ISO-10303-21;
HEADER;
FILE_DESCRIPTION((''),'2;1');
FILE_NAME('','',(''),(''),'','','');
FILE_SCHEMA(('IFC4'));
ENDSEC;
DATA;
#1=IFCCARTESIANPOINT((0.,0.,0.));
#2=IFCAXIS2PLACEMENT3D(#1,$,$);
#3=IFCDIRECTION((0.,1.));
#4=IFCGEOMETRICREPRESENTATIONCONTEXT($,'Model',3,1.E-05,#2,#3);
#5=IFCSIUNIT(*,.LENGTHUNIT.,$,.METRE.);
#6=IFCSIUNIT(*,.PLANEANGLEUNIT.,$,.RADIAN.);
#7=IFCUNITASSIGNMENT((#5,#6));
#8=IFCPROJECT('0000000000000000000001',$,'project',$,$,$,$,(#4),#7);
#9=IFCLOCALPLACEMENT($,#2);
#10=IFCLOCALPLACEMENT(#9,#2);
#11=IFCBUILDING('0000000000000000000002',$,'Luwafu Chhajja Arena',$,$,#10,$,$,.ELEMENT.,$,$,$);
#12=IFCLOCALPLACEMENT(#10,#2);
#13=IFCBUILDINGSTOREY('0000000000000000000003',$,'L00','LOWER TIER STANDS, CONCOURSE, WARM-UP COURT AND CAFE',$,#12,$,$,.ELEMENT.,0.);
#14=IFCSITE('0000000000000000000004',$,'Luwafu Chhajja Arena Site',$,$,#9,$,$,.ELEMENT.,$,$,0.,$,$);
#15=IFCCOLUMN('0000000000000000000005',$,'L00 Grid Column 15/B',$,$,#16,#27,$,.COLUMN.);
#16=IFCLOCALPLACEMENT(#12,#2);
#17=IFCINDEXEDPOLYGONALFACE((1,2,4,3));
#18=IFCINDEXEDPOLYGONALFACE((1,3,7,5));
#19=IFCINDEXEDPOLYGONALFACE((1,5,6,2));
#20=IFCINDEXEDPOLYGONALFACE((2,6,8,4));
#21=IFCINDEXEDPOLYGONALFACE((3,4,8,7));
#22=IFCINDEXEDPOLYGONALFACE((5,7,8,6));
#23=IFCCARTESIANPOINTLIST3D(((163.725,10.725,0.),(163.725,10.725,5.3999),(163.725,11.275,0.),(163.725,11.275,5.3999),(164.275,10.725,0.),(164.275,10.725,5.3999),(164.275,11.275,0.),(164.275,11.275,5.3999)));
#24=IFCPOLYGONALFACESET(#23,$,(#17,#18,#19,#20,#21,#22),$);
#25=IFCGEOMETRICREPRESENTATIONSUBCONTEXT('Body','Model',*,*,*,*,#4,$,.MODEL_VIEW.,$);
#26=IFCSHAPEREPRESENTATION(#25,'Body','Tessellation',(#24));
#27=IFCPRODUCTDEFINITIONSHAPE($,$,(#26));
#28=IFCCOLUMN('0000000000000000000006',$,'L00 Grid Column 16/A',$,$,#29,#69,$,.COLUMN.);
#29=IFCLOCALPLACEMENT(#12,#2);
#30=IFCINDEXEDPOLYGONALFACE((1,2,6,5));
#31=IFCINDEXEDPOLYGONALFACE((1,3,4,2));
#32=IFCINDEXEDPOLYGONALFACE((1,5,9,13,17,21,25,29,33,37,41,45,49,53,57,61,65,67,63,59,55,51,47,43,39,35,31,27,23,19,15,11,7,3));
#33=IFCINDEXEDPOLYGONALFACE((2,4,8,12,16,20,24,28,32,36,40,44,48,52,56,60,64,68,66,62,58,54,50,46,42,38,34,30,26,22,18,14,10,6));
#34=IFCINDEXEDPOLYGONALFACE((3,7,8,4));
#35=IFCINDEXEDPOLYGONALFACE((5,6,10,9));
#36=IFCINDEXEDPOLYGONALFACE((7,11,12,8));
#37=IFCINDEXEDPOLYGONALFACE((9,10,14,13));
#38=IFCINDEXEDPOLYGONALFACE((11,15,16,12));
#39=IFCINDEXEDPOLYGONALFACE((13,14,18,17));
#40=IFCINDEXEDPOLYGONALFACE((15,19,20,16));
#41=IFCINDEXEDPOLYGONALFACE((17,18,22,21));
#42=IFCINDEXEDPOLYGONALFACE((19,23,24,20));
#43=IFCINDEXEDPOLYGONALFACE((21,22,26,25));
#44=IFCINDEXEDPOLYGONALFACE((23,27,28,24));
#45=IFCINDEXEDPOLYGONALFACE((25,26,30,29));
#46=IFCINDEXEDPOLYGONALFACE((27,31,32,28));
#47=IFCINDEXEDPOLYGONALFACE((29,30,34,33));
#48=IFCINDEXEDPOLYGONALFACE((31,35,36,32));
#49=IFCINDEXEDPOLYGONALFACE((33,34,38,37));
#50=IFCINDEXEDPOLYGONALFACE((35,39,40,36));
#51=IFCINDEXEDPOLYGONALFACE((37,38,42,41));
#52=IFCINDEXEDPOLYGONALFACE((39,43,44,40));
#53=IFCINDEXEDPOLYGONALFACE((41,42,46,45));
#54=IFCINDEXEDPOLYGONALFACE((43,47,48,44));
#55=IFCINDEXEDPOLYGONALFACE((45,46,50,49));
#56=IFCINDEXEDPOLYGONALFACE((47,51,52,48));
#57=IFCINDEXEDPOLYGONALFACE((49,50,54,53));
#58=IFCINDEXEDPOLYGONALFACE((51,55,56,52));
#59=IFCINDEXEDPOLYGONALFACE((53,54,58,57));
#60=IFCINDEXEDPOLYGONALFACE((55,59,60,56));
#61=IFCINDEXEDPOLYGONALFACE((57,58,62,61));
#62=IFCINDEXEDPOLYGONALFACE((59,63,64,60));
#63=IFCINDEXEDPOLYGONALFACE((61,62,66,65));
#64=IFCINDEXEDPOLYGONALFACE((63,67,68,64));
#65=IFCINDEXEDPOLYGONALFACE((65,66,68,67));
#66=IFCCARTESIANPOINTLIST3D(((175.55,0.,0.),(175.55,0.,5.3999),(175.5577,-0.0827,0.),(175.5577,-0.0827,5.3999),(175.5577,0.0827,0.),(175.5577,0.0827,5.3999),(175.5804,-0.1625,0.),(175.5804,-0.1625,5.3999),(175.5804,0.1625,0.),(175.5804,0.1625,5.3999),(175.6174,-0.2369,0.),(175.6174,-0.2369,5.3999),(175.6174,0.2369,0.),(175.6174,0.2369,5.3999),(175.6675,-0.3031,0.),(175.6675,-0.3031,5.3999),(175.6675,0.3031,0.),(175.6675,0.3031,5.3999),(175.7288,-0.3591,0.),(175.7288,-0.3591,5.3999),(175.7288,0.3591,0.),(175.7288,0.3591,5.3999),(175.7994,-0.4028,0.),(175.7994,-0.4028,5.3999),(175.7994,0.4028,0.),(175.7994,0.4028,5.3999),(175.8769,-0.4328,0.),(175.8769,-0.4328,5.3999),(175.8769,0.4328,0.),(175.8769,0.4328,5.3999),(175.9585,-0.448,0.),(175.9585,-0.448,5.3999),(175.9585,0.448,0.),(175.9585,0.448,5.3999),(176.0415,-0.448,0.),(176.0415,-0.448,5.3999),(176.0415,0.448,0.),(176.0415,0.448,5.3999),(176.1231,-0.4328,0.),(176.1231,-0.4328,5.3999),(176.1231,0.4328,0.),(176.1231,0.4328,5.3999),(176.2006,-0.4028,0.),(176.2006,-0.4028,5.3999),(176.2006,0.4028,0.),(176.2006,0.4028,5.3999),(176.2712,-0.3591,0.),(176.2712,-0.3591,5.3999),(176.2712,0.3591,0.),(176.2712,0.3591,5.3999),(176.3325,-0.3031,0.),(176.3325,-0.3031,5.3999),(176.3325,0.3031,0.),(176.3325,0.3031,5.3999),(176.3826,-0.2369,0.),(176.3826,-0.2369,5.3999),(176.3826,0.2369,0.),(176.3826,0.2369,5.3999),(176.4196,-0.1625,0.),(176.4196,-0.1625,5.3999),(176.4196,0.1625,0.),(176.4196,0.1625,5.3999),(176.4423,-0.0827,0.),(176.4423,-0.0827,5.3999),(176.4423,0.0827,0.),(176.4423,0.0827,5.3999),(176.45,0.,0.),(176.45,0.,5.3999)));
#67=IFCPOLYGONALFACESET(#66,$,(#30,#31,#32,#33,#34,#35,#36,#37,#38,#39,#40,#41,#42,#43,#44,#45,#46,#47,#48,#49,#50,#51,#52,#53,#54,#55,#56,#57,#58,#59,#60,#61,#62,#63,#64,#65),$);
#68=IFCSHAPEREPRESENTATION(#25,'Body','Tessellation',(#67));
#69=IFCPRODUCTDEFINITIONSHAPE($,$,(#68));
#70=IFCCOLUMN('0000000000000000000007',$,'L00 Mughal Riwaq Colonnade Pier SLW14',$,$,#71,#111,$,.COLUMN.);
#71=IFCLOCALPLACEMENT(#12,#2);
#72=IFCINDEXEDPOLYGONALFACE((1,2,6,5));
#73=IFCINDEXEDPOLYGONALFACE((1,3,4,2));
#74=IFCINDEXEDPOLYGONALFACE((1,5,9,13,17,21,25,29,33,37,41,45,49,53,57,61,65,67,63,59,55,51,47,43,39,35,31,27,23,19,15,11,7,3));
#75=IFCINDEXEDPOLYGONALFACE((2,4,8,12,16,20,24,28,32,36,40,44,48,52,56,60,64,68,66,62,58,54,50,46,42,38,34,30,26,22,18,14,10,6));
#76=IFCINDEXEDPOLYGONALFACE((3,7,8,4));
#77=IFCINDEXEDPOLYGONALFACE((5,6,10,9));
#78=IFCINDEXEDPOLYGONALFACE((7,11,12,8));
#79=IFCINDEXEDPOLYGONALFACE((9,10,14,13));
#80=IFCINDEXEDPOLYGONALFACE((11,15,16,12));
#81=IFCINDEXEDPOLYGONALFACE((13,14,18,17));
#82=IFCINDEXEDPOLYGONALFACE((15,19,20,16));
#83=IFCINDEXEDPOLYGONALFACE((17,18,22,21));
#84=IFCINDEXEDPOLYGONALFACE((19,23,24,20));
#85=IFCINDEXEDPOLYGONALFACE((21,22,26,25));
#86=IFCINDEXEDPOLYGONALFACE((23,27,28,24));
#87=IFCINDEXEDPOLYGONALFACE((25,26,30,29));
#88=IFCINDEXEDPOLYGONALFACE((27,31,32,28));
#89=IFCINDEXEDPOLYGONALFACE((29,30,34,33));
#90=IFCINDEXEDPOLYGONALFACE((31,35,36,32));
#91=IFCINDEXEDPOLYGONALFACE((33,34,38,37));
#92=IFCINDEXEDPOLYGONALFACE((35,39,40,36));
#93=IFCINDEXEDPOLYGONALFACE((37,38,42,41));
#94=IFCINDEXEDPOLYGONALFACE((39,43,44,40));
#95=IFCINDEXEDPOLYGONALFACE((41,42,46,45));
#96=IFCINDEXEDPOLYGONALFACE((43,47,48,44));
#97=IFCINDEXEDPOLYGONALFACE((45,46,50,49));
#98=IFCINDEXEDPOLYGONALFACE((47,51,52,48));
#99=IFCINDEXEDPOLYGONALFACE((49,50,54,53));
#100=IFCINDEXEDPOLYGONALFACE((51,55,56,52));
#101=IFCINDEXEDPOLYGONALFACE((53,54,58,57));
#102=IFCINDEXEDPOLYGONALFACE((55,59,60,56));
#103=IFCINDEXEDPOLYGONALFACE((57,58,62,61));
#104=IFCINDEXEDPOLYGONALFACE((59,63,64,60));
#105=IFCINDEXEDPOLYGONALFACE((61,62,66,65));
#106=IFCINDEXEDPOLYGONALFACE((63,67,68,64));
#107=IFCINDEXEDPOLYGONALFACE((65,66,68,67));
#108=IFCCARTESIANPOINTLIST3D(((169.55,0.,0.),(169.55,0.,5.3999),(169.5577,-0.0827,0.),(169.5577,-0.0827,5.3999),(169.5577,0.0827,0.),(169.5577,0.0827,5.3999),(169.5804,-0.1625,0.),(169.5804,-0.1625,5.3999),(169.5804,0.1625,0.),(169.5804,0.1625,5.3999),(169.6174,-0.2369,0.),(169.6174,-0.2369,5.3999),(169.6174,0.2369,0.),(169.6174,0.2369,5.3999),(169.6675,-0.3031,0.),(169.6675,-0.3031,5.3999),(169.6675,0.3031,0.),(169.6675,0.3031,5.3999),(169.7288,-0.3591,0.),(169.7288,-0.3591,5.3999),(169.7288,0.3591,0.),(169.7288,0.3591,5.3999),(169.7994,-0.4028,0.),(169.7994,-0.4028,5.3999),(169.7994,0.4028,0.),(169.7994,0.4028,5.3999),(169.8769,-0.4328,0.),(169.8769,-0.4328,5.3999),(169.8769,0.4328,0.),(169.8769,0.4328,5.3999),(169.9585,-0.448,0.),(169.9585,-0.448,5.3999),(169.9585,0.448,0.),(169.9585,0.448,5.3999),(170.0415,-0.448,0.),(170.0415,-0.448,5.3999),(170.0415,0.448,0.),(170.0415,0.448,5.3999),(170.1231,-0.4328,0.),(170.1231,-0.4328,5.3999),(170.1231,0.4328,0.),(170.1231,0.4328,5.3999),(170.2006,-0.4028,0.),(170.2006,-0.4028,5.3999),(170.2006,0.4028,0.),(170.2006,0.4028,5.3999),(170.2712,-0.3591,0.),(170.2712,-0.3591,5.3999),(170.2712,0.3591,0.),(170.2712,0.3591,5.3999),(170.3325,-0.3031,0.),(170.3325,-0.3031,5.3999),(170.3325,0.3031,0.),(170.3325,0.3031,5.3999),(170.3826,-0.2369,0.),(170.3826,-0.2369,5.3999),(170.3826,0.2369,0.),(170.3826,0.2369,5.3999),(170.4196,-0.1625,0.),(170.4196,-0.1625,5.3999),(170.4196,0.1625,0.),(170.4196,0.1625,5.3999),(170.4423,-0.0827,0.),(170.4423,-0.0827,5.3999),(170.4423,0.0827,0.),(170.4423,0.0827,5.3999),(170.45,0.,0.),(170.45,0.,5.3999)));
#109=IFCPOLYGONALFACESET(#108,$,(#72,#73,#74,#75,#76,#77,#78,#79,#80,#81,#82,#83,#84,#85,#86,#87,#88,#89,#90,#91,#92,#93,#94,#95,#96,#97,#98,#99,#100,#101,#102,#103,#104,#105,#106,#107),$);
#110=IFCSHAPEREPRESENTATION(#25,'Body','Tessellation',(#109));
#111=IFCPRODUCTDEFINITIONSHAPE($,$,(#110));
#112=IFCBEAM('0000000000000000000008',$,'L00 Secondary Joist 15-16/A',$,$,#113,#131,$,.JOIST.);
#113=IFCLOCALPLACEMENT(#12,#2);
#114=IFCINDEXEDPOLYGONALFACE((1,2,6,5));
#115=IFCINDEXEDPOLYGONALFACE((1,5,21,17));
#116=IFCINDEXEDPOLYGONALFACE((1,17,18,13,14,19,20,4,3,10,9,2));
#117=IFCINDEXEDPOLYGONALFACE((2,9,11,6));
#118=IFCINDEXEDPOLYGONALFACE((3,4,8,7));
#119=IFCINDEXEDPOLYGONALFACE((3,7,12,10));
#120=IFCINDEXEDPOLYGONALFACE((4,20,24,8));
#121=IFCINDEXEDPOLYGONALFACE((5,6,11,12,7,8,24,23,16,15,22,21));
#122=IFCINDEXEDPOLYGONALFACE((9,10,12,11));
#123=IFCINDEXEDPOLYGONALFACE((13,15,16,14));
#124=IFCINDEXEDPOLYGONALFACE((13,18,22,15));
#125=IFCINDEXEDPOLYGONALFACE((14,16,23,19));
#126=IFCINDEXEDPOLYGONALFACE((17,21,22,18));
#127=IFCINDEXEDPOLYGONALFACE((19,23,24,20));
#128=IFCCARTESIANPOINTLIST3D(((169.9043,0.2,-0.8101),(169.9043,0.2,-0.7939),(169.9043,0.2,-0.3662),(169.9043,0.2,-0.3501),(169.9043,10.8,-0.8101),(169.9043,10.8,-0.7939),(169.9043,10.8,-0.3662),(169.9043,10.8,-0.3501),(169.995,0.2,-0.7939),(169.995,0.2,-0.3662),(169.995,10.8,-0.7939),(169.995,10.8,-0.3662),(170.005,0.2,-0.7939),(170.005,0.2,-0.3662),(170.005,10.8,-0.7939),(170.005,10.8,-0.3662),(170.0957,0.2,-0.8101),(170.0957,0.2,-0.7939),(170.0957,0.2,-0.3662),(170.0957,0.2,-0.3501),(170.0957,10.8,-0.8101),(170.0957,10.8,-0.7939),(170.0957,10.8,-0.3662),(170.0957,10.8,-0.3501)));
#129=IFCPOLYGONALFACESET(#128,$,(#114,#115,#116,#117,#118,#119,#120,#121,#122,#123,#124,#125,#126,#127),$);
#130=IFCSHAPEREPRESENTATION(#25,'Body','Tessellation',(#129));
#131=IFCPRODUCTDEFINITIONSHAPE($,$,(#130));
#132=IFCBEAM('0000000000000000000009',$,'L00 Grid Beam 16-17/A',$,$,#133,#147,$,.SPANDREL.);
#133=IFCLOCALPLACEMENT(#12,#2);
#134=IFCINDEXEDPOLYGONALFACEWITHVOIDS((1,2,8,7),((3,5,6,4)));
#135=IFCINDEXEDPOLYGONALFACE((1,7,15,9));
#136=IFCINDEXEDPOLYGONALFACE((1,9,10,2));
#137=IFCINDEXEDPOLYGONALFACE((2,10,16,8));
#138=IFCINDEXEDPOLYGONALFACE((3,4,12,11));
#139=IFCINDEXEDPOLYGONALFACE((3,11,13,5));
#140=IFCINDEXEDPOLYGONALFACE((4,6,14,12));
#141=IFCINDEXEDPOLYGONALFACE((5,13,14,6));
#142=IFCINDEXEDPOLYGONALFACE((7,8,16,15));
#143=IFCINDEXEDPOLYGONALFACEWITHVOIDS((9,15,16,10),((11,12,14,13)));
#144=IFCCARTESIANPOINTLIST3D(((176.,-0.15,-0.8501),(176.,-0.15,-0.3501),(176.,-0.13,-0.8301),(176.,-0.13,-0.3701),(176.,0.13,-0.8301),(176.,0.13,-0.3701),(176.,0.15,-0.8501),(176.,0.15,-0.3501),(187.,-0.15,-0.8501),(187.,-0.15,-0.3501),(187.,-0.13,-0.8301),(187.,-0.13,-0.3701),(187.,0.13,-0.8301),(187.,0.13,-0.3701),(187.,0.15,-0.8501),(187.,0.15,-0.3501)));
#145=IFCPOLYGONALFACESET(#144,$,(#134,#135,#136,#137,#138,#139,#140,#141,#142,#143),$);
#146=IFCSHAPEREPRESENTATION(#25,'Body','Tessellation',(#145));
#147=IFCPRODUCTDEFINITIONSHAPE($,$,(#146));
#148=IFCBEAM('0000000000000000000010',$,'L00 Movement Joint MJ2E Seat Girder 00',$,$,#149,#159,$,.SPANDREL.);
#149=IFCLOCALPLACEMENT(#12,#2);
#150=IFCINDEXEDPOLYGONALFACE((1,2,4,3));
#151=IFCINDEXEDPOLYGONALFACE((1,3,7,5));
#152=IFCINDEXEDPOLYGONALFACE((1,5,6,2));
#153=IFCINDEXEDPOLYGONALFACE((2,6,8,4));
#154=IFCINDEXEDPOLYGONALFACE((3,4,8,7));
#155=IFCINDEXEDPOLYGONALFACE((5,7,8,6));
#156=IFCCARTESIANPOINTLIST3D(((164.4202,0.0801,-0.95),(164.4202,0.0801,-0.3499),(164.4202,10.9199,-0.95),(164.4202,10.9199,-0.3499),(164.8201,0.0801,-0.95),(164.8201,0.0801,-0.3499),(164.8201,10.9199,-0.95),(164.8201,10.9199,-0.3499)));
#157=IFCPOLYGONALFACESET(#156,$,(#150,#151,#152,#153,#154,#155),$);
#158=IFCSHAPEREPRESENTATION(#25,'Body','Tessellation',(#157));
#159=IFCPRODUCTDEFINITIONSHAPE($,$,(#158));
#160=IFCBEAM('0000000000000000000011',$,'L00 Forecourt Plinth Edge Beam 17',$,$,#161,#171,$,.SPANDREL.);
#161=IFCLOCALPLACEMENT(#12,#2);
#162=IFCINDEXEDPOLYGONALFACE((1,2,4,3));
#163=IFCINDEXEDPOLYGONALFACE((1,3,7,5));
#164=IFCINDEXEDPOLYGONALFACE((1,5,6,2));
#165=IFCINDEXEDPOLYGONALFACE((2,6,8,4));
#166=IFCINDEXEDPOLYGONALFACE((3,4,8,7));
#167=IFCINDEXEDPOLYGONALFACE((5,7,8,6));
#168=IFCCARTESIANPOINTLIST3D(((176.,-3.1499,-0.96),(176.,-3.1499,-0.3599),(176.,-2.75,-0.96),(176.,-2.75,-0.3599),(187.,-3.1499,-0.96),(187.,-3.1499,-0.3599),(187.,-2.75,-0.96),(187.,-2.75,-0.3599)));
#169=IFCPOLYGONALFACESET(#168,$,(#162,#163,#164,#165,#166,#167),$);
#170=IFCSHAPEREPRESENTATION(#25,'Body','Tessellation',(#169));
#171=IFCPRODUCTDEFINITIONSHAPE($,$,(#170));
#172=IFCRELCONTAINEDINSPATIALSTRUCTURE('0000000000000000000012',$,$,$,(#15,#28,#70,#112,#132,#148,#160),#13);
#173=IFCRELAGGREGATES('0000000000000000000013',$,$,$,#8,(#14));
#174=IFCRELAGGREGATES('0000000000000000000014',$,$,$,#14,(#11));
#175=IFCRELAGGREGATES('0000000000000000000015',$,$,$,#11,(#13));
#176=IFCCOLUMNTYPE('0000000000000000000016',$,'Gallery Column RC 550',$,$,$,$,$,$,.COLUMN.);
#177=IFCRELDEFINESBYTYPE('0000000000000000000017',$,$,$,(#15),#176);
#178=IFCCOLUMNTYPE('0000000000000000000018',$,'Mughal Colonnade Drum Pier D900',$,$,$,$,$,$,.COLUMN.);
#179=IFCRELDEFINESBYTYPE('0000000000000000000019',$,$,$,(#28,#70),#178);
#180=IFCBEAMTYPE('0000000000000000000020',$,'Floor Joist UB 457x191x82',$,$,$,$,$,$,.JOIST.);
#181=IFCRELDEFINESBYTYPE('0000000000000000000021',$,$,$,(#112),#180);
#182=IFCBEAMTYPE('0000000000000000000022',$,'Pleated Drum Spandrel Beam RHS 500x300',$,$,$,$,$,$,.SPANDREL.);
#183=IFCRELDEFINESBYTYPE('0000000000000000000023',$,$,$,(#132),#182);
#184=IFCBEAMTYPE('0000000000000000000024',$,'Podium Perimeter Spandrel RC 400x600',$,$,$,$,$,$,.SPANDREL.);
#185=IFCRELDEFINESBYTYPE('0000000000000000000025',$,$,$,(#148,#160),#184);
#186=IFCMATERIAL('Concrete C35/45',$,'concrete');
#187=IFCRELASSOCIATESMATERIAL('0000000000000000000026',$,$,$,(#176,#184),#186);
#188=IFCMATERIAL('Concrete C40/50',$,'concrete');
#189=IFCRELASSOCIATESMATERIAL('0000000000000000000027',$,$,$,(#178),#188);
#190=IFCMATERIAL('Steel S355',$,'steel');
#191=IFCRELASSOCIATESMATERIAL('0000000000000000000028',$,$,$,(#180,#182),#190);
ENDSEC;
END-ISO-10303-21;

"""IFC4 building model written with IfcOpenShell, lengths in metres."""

from ifc_helpers import new_model, si_unit, direction, frame, origin, origin_2d, place, context, subcontext, project, spatial, rectangle, hollow_rectangle, circle, i_section, extrude, material, material_profile, profile_set, type_object, element, save


model = new_model("IFC4")

# Units and contexts
model_context = context("Model", 3, precision=1e-05, world=origin(), true_north=direction((0.0, 1.0)))
body_context = subcontext(model_context, "Body", "Model", "MODEL_VIEW")
ifc_project = project(units=[si_unit("LENGTHUNIT", "METRE"), si_unit("PLANEANGLEUNIT", "RADIAN")], contexts=[model_context])

# Site, building, storey
site_placement = place(None, origin())
site = spatial("IfcSite", under=ifc_project, at=site_placement, Name="Luwafu Chhajja Arena Site", CompositionType="ELEMENT", RefElevation=0.0)
building_placement = place(site_placement, origin())
building = spatial("IfcBuilding", under=site, at=building_placement, Name="Luwafu Chhajja Arena", CompositionType="ELEMENT")
storey_placement = place(building_placement, origin())
storey = spatial("IfcBuildingStorey", under=building, at=storey_placement, Name="L00", Description="LOWER TIER STANDS, CONCOURSE, WARM-UP COURT AND CAFE", CompositionType="ELEMENT", Elevation=0.0)

# Columns
ifc_material_1 = material(Name="Concrete C35/45", Category="concrete")
ifc_material_profile_1 = material_profile(ifc_material_1, rectangle(XDim=0.55, YDim=0.55, at=origin_2d()), Name="RC 550x550")
ifc_profile_set_1 = profile_set([ifc_material_profile_1], Name="Concrete C35/45")
column_type_1 = type_object("IfcColumnType", Name="Gallery Column RC 550", PredefinedType="COLUMN", material=ifc_profile_set_1)
column_placement = place(storey_placement, frame((164.0, 11.0, 0.0), z_axis=(0.0, 0.0, 1.0), x_axis=(1.0, 0.0, 0.0)))
element("IfcColumn", 1, at=column_placement, inside=storey, type_object=column_type_1, Name="L00 Grid Column 15/B", PredefinedType="COLUMN", context=body_context, shape_type="SweptSolid", body=[
    extrude(rectangle(XDim=0.55, YDim=0.55, at=origin_2d()), origin(), (0.0, 0.0, 1.0), 5.3999),
])
ifc_material_2 = material(Name="Concrete C40/50", Category="concrete")
ifc_material_profile_2 = material_profile(ifc_material_2, circle(Radius=0.45, at=origin_2d()), Name="RC COL D900")
ifc_profile_set_2 = profile_set([ifc_material_profile_2], Name="Concrete C40/50")
column_type_2 = type_object("IfcColumnType", Name="Mughal Colonnade Drum Pier D900", PredefinedType="COLUMN", material=ifc_profile_set_2)
for number, where, z_axis, x_axis, name in (
    (2, (176.0, 0.0, 0.0), (0.0, 0.0, 1.0), (1.0, 0.0, 0.0), "L00 Grid Column 16/A"),
    (3, (170.0, 0.0, 0.0), (0.0, 0.0, 1.0), (1.0, 0.0, 0.0), "L00 Mughal Riwaq Colonnade Pier SLW14"),
):
    element("IfcColumn", number, at=place(storey_placement, frame(where, z_axis=z_axis, x_axis=x_axis)), inside=storey, type_object=column_type_2, Name=name, PredefinedType="COLUMN", context=body_context, shape_type="SweptSolid", body=[
        extrude(circle(Radius=0.45, at=origin_2d()), origin(), (0.0, 0.0, 1.0), 5.3999),
    ])

# Beams
ifc_material_3 = material(Name="Steel S355", Category="steel")
ifc_material_profile_3 = material_profile(ifc_material_3, i_section(OverallWidth=0.1914, OverallDepth=0.46, WebThickness=0.01, FlangeThickness=0.0161, at=origin_2d()), Name="UB 457x191x82")
ifc_profile_set_3 = profile_set([ifc_material_profile_3], Name="Steel S355")
beam_type_1 = type_object("IfcBeamType", Name="Floor Joist UB 457x191x82", PredefinedType="JOIST", material=ifc_profile_set_3)
beam_1_placement = place(storey_placement, frame((170.0, 0.2, -0.5801), z_axis=(0.0, 1.0, 0.0), x_axis=(-1.0, 0.0, 0.0)))
element("IfcBeam", 4, at=beam_1_placement, inside=storey, type_object=beam_type_1, Name="L00 Secondary Joist 15-16/A", PredefinedType="JOIST", context=body_context, shape_type="SweptSolid", body=[
    extrude(i_section(OverallWidth=0.1914, OverallDepth=0.46, WebThickness=0.01, FlangeThickness=0.0161, at=origin_2d()), origin(), (0.0, 0.0, 1.0), 10.6001),
])
ifc_material_profile_4 = material_profile(ifc_material_3, hollow_rectangle(XDim=0.3, YDim=0.5, WallThickness=0.02, at=origin_2d()), Name="RHS 500x300x20")
ifc_profile_set_4 = profile_set([ifc_material_profile_4], Name="Steel S355")
beam_type_2 = type_object("IfcBeamType", Name="Pleated Drum Spandrel Beam RHS 500x300", PredefinedType="SPANDREL", material=ifc_profile_set_4)
beam_2_placement = place(storey_placement, frame((176.0, 0.0, -0.6001), z_axis=(1.0, 0.0, 0.0), x_axis=(0.0, 1.0, 0.0)))
element("IfcBeam", 5, at=beam_2_placement, inside=storey, type_object=beam_type_2, Name="L00 Grid Beam 16-17/A", PredefinedType="SPANDREL", context=body_context, shape_type="SweptSolid", body=[
    extrude(hollow_rectangle(XDim=0.3, YDim=0.5, WallThickness=0.02, at=origin_2d()), origin(), (0.0, 0.0, 1.0), 11.0),
])
ifc_material_profile_5 = material_profile(ifc_material_1, rectangle(XDim=0.3999, YDim=0.6001, at=origin_2d()), Name="RC 400x600")
ifc_profile_set_5 = profile_set([ifc_material_profile_5], Name="Concrete C35/45")
beam_type_3 = type_object("IfcBeamType", Name="Podium Perimeter Spandrel RC 400x600", PredefinedType="SPANDREL", material=ifc_profile_set_5)
beam_3_placement = place(storey_placement, frame((164.6201, 0.0801, -0.6499), z_axis=(0.0, 1.0, 0.0), x_axis=(-1.0, 0.0, 0.0)))
element("IfcBeam", 6, at=beam_3_placement, inside=storey, type_object=beam_type_3, Name="L00 Movement Joint MJ2E Seat Girder 00", PredefinedType="SPANDREL", context=body_context, shape_type="SweptSolid", body=[
    extrude(rectangle(XDim=0.3999, YDim=0.6001, at=origin_2d()), origin(), (0.0, 0.0, 1.0), 10.8398),
])
beam_4_placement = place(storey_placement, frame((176.0, -2.95, -0.6599), z_axis=(1.0, 0.0, 0.0), x_axis=(0.0, 1.0, 0.0)))
element("IfcBeam", 7, at=beam_4_placement, inside=storey, type_object=beam_type_3, Name="L00 Forecourt Plinth Edge Beam 17", PredefinedType="SPANDREL", context=body_context, shape_type="SweptSolid", body=[
    extrude(rectangle(XDim=0.3999, YDim=0.6001, at=origin_2d()), origin(), (0.0, 0.0, 1.0), 11.0),
])

save(model, "model.ifc")
